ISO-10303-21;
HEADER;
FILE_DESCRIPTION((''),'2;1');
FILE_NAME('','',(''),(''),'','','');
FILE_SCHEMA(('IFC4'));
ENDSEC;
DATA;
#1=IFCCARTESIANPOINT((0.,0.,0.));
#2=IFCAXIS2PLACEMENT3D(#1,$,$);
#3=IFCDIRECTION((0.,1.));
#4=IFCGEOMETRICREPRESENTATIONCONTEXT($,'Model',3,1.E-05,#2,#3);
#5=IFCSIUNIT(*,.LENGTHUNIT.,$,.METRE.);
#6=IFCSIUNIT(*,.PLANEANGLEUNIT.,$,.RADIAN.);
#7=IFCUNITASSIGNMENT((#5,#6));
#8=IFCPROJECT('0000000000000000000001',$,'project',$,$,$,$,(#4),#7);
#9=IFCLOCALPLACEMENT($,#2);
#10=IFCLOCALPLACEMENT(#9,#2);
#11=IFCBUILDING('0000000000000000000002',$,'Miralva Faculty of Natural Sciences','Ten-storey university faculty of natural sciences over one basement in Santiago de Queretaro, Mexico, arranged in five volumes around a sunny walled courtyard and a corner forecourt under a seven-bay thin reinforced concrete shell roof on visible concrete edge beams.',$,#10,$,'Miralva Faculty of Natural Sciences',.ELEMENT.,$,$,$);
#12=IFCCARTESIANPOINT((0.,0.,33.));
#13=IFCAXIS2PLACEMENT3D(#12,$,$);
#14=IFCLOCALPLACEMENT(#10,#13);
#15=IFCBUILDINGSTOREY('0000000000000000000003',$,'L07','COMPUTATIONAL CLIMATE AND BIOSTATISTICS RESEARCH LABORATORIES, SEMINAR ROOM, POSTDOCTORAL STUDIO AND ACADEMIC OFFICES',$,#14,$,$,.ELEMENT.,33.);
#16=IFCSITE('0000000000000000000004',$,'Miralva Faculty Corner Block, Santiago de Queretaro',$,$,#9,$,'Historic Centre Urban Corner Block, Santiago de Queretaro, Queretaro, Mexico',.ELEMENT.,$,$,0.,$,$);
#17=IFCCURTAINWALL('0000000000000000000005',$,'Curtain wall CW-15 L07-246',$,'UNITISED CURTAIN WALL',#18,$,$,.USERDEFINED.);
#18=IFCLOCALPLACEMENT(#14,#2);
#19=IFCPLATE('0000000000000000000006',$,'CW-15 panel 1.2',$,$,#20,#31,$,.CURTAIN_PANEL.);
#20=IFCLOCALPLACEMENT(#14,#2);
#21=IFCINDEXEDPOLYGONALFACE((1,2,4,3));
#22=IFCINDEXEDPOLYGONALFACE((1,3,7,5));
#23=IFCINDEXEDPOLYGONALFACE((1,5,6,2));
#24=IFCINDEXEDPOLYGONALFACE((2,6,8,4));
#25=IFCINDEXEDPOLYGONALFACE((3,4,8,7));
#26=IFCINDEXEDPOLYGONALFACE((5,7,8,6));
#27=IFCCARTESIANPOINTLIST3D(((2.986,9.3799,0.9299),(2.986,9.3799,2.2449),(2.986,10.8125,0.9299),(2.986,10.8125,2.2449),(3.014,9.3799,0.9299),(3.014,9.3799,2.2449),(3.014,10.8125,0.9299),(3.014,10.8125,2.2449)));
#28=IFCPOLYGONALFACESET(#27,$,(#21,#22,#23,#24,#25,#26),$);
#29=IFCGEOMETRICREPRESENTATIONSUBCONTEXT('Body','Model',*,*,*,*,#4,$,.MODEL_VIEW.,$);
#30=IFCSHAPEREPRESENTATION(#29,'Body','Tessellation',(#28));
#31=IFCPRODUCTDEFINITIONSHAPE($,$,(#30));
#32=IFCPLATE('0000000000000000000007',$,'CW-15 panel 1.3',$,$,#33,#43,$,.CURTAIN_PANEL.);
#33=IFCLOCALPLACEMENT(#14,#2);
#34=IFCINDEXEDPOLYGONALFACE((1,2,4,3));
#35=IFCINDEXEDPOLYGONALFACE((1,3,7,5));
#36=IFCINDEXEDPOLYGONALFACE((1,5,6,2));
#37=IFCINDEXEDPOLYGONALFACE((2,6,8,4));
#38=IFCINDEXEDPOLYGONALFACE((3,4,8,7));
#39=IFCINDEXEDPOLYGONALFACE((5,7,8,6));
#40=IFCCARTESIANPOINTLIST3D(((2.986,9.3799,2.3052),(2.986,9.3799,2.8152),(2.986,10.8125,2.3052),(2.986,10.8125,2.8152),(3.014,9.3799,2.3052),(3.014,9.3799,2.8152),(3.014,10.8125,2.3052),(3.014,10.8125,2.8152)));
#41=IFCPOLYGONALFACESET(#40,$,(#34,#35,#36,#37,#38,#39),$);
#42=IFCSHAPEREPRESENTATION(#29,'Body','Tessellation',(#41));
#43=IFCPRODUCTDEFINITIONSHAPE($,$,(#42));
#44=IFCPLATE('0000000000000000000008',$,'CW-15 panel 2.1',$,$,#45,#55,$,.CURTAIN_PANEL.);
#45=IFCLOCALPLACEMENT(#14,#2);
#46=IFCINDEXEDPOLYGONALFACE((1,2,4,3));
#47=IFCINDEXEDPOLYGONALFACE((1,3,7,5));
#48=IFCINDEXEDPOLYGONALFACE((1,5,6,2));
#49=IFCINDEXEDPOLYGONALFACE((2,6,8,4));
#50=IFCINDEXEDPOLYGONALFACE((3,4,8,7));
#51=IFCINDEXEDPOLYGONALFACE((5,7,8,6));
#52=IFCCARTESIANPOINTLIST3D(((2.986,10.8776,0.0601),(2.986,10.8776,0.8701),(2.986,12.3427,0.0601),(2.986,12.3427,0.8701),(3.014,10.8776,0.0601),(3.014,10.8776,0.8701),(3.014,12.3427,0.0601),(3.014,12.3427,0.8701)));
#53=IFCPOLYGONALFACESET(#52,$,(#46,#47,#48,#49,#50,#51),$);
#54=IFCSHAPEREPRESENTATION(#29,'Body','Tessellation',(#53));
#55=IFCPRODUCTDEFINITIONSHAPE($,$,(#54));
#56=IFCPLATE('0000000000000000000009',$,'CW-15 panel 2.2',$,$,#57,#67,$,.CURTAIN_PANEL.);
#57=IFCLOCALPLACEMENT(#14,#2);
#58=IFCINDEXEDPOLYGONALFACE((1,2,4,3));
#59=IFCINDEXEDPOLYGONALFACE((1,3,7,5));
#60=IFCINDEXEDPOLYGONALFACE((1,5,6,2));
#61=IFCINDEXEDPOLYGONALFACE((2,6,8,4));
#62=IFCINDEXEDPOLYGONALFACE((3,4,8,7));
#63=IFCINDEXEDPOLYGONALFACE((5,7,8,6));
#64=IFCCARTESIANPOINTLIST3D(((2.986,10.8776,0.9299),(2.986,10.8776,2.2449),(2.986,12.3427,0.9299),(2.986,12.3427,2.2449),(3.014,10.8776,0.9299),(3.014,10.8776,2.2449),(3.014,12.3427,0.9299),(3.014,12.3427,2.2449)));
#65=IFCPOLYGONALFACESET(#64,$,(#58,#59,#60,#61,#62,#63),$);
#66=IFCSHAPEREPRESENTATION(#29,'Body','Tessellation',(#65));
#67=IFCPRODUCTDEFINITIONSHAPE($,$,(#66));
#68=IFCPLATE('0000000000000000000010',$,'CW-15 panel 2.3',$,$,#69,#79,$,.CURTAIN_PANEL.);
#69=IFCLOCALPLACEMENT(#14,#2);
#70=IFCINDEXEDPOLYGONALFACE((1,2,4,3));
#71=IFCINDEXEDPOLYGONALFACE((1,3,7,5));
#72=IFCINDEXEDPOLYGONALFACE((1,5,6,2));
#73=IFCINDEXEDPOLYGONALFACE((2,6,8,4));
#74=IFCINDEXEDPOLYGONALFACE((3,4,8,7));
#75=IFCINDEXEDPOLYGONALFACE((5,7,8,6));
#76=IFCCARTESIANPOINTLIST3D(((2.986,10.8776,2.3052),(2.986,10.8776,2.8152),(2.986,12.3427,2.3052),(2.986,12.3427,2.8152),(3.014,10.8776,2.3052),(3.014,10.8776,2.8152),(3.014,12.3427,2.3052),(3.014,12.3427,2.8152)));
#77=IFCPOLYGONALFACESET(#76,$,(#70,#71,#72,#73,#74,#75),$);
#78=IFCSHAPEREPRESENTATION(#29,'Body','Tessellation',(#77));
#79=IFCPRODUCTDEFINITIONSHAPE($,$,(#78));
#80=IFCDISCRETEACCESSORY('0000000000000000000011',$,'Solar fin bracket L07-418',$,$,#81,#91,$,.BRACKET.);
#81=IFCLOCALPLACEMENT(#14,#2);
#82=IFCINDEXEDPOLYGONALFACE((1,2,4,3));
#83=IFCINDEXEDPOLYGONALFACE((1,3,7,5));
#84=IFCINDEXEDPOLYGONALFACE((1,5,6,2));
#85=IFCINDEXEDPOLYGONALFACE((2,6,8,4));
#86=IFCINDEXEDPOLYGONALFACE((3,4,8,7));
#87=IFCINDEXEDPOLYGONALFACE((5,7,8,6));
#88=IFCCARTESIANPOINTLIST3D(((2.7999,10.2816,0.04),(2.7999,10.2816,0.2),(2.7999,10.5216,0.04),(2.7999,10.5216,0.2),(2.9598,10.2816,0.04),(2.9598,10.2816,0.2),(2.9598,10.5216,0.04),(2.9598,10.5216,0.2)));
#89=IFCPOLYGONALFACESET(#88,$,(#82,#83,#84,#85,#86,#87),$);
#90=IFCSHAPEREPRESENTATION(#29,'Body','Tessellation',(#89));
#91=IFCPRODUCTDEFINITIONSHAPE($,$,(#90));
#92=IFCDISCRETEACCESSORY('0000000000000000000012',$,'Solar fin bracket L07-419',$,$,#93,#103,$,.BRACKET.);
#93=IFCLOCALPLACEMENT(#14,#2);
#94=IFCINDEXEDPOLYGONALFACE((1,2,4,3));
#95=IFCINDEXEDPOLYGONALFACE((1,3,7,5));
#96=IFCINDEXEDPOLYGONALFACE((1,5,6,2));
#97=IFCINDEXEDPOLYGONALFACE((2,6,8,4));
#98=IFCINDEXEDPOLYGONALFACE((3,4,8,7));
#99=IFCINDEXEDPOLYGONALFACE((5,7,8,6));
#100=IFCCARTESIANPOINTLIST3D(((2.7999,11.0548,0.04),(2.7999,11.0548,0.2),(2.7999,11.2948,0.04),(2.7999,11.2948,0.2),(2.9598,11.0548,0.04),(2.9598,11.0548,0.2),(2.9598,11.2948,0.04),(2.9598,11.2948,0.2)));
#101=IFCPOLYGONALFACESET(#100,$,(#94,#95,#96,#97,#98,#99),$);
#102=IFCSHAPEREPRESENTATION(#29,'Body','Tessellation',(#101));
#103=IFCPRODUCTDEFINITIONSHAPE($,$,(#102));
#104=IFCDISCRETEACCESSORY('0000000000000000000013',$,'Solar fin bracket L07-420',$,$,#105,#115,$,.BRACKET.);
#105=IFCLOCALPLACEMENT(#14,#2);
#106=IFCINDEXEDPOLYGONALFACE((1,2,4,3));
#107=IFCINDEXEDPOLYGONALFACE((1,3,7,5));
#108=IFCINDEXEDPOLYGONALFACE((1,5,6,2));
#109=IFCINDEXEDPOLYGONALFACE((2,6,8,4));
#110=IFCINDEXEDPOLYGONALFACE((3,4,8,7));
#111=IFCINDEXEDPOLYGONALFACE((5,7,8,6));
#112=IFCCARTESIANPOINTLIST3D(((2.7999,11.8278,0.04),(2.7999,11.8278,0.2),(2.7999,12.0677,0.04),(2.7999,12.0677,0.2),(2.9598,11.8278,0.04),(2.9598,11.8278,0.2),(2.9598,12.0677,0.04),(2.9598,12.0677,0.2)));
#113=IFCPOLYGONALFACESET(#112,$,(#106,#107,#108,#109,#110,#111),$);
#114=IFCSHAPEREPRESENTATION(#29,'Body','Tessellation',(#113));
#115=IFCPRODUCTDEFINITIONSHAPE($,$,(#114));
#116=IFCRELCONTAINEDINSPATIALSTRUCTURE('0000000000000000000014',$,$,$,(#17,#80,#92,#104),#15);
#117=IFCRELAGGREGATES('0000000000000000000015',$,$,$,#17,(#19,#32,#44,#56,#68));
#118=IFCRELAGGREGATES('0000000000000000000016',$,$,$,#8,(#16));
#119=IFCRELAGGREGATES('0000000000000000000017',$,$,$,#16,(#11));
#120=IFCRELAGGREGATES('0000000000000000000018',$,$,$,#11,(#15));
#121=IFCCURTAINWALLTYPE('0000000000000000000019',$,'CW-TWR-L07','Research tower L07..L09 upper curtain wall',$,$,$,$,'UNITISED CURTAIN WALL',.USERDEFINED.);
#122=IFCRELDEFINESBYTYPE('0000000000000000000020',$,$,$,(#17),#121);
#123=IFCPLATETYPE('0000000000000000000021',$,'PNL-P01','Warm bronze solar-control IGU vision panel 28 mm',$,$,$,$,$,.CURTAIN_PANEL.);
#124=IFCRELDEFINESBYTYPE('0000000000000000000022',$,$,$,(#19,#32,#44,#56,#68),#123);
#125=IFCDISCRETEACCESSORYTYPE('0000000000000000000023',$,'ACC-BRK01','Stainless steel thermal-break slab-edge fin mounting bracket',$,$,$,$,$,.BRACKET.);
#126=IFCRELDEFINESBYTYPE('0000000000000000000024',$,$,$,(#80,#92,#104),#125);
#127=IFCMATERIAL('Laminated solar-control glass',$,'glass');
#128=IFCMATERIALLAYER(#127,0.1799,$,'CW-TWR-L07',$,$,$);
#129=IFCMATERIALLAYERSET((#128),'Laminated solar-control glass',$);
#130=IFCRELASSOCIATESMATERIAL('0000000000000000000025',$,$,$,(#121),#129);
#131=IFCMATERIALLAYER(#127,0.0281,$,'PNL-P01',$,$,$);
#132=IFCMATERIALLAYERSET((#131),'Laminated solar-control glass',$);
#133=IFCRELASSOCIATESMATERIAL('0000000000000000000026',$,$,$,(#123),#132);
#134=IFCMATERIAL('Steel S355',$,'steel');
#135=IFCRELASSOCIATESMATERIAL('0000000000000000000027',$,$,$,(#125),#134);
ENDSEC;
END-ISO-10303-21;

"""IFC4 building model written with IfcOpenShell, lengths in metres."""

from ifc_helpers import new_model, si_unit, direction, frame, origin, origin_2d, place, context, subcontext, project, spatial, rectangle, extrude, material, layer, layer_set, type_object, element, aggregate, save


model = new_model("IFC4")

# Units and contexts
model_context = context("Model", 3, precision=1e-05, world=origin(), true_north=direction((0.0, 1.0)))
body_context = subcontext(model_context, "Body", "Model", "MODEL_VIEW")
ifc_project = project(units=[si_unit("LENGTHUNIT", "METRE"), si_unit("PLANEANGLEUNIT", "RADIAN")], contexts=[model_context])

# Site, building, storey
site_placement = place(None, origin())
site = spatial("IfcSite", under=ifc_project, at=site_placement, Name="Miralva Faculty Corner Block, Santiago de Queretaro", LongName="Historic Centre Urban Corner Block, Santiago de Queretaro, Queretaro, Mexico", CompositionType="ELEMENT", RefElevation=0.0)
building_placement = place(site_placement, origin())
building = spatial("IfcBuilding", under=site, at=building_placement, Name="Miralva Faculty of Natural Sciences", Description="Ten-storey university faculty of natural sciences over one basement in Santiago de Queretaro, Mexico, arranged in five volumes around a sunny walled courtyard and a corner forecourt under a seven-bay thin reinforced concrete shell roof on visible concrete edge beams.", LongName="Miralva Faculty of Natural Sciences", CompositionType="ELEMENT")
storey_placement = place(building_placement, frame((0.0, 0.0, 33.0)))
storey = spatial("IfcBuildingStorey", under=building, at=storey_placement, Name="L07", Description="COMPUTATIONAL CLIMATE AND BIOSTATISTICS RESEARCH LABORATORIES, SEMINAR ROOM, POSTDOCTORAL STUDIO AND ACADEMIC OFFICES", CompositionType="ELEMENT", Elevation=33.0)

# Curtain wall
ifc_material_1 = material(Name="Laminated solar-control glass", Category="glass")
ifc_layer_1 = layer(ifc_material_1, 0.1799, Name="CW-TWR-L07")
ifc_layer_set_1 = layer_set([ifc_layer_1], Name="Laminated solar-control glass")
curtain_wall_type = type_object("IfcCurtainWallType", Name="CW-TWR-L07", Description="Research tower L07..L09 upper curtain wall", ElementType="UNITISED CURTAIN WALL", PredefinedType="USERDEFINED", material=ifc_layer_set_1)
curtain_wall_placement = place(storey_placement, origin())
curtain_wall = element("IfcCurtainWall", 1, at=curtain_wall_placement, inside=storey, type_object=curtain_wall_type, Name="Curtain wall CW-15 L07-246", ObjectType="UNITISED CURTAIN WALL", PredefinedType="USERDEFINED")

# Plates
ifc_layer_2 = layer(ifc_material_1, 0.0281, Name="PNL-P01")
ifc_layer_set_2 = layer_set([ifc_layer_2], Name="Laminated solar-control glass")
plate_type = type_object("IfcPlateType", Name="PNL-P01", Description="Warm bronze solar-control IGU vision panel 28 mm", PredefinedType="CURTAIN_PANEL", material=ifc_layer_set_2)
plate_1_placement = place(storey_placement, frame((3.0, 10.0962, 0.9299), z_axis=(0.0, 0.0, 1.0), x_axis=(0.0, 1.0, 0.0)))
plate_1 = element("IfcPlate", 2, at=plate_1_placement, type_object=plate_type, Name="CW-15 panel 1.2", PredefinedType="CURTAIN_PANEL", context=body_context, shape_type="SweptSolid", body=[
    extrude(rectangle(XDim=1.4326, YDim=0.0281, at=origin_2d()), origin(), (0.0, 0.0, 1.0), 1.3149),
])
plate_2_placement = place(storey_placement, frame((3.0, 10.0962, 2.3052), z_axis=(0.0, 0.0, 1.0), x_axis=(0.0, 1.0, 0.0)))
plate_2 = element("IfcPlate", 3, at=plate_2_placement, type_object=plate_type, Name="CW-15 panel 1.3", PredefinedType="CURTAIN_PANEL", context=body_context, shape_type="SweptSolid", body=[
    extrude(rectangle(XDim=1.4326, YDim=0.0281, at=origin_2d()), origin(), (0.0, 0.0, 1.0), 0.51),
])
plate_3_placement = place(storey_placement, frame((3.0, 11.6101, 0.0601), z_axis=(0.0, 0.0, 1.0), x_axis=(0.0, 1.0, 0.0)))
plate_3 = element("IfcPlate", 4, at=plate_3_placement, type_object=plate_type, Name="CW-15 panel 2.1", PredefinedType="CURTAIN_PANEL", context=body_context, shape_type="SweptSolid", body=[
    extrude(rectangle(XDim=1.4651, YDim=0.0281, at=origin_2d()), origin(), (0.0, 0.0, 1.0), 0.8101),
])
plate_4_placement = place(storey_placement, frame((3.0, 11.6101, 0.9299), z_axis=(0.0, 0.0, 1.0), x_axis=(0.0, 1.0, 0.0)))
plate_4 = element("IfcPlate", 5, at=plate_4_placement, type_object=plate_type, Name="CW-15 panel 2.2", PredefinedType="CURTAIN_PANEL", context=body_context, shape_type="SweptSolid", body=[
    extrude(rectangle(XDim=1.4651, YDim=0.0281, at=origin_2d()), origin(), (0.0, 0.0, 1.0), 1.3149),
])
plate_5_placement = place(storey_placement, frame((3.0, 11.6101, 2.3052), z_axis=(0.0, 0.0, 1.0), x_axis=(0.0, 1.0, 0.0)))
plate_5 = element("IfcPlate", 6, at=plate_5_placement, type_object=plate_type, Name="CW-15 panel 2.3", PredefinedType="CURTAIN_PANEL", context=body_context, shape_type="SweptSolid", body=[
    extrude(rectangle(XDim=1.4651, YDim=0.0281, at=origin_2d()), origin(), (0.0, 0.0, 1.0), 0.51),
])
aggregate(curtain_wall, [plate_1, plate_2, plate_3, plate_4, plate_5])

# Discrete accessories
ifc_material_2 = material(Name="Steel S355", Category="steel")
discrete_accessory_type = type_object("IfcDiscreteAccessoryType", Name="ACC-BRK01", Description="Stainless steel thermal-break slab-edge fin mounting bracket", PredefinedType="BRACKET", material=ifc_material_2)
for number, where, z_axis, x_axis, name in (
    (7, (2.8799, 10.4016, 0.04), (0.0, 0.0, 1.0), (-1.0, 0.0, 0.0), "Solar fin bracket L07-418"),
    (8, (2.8799, 11.1748, 0.04), (0.0, 0.0, 1.0), (-1.0, 0.0, 0.0), "Solar fin bracket L07-419"),
    (9, (2.8799, 11.9478, 0.04), (0.0, 0.0, 1.0), (-1.0, 0.0, 0.0), "Solar fin bracket L07-420"),
):
    element("IfcDiscreteAccessory", number, at=place(storey_placement, frame(where, z_axis=z_axis, x_axis=x_axis)), inside=storey, type_object=discrete_accessory_type, Name=name, PredefinedType="BRACKET", context=body_context, shape_type="SweptSolid", body=[
        extrude(rectangle(XDim=0.1599, YDim=0.24, at=origin_2d()), origin(), (0.0, 0.0, 1.0), 0.1599),
    ])

save(model, "model.ifc")
